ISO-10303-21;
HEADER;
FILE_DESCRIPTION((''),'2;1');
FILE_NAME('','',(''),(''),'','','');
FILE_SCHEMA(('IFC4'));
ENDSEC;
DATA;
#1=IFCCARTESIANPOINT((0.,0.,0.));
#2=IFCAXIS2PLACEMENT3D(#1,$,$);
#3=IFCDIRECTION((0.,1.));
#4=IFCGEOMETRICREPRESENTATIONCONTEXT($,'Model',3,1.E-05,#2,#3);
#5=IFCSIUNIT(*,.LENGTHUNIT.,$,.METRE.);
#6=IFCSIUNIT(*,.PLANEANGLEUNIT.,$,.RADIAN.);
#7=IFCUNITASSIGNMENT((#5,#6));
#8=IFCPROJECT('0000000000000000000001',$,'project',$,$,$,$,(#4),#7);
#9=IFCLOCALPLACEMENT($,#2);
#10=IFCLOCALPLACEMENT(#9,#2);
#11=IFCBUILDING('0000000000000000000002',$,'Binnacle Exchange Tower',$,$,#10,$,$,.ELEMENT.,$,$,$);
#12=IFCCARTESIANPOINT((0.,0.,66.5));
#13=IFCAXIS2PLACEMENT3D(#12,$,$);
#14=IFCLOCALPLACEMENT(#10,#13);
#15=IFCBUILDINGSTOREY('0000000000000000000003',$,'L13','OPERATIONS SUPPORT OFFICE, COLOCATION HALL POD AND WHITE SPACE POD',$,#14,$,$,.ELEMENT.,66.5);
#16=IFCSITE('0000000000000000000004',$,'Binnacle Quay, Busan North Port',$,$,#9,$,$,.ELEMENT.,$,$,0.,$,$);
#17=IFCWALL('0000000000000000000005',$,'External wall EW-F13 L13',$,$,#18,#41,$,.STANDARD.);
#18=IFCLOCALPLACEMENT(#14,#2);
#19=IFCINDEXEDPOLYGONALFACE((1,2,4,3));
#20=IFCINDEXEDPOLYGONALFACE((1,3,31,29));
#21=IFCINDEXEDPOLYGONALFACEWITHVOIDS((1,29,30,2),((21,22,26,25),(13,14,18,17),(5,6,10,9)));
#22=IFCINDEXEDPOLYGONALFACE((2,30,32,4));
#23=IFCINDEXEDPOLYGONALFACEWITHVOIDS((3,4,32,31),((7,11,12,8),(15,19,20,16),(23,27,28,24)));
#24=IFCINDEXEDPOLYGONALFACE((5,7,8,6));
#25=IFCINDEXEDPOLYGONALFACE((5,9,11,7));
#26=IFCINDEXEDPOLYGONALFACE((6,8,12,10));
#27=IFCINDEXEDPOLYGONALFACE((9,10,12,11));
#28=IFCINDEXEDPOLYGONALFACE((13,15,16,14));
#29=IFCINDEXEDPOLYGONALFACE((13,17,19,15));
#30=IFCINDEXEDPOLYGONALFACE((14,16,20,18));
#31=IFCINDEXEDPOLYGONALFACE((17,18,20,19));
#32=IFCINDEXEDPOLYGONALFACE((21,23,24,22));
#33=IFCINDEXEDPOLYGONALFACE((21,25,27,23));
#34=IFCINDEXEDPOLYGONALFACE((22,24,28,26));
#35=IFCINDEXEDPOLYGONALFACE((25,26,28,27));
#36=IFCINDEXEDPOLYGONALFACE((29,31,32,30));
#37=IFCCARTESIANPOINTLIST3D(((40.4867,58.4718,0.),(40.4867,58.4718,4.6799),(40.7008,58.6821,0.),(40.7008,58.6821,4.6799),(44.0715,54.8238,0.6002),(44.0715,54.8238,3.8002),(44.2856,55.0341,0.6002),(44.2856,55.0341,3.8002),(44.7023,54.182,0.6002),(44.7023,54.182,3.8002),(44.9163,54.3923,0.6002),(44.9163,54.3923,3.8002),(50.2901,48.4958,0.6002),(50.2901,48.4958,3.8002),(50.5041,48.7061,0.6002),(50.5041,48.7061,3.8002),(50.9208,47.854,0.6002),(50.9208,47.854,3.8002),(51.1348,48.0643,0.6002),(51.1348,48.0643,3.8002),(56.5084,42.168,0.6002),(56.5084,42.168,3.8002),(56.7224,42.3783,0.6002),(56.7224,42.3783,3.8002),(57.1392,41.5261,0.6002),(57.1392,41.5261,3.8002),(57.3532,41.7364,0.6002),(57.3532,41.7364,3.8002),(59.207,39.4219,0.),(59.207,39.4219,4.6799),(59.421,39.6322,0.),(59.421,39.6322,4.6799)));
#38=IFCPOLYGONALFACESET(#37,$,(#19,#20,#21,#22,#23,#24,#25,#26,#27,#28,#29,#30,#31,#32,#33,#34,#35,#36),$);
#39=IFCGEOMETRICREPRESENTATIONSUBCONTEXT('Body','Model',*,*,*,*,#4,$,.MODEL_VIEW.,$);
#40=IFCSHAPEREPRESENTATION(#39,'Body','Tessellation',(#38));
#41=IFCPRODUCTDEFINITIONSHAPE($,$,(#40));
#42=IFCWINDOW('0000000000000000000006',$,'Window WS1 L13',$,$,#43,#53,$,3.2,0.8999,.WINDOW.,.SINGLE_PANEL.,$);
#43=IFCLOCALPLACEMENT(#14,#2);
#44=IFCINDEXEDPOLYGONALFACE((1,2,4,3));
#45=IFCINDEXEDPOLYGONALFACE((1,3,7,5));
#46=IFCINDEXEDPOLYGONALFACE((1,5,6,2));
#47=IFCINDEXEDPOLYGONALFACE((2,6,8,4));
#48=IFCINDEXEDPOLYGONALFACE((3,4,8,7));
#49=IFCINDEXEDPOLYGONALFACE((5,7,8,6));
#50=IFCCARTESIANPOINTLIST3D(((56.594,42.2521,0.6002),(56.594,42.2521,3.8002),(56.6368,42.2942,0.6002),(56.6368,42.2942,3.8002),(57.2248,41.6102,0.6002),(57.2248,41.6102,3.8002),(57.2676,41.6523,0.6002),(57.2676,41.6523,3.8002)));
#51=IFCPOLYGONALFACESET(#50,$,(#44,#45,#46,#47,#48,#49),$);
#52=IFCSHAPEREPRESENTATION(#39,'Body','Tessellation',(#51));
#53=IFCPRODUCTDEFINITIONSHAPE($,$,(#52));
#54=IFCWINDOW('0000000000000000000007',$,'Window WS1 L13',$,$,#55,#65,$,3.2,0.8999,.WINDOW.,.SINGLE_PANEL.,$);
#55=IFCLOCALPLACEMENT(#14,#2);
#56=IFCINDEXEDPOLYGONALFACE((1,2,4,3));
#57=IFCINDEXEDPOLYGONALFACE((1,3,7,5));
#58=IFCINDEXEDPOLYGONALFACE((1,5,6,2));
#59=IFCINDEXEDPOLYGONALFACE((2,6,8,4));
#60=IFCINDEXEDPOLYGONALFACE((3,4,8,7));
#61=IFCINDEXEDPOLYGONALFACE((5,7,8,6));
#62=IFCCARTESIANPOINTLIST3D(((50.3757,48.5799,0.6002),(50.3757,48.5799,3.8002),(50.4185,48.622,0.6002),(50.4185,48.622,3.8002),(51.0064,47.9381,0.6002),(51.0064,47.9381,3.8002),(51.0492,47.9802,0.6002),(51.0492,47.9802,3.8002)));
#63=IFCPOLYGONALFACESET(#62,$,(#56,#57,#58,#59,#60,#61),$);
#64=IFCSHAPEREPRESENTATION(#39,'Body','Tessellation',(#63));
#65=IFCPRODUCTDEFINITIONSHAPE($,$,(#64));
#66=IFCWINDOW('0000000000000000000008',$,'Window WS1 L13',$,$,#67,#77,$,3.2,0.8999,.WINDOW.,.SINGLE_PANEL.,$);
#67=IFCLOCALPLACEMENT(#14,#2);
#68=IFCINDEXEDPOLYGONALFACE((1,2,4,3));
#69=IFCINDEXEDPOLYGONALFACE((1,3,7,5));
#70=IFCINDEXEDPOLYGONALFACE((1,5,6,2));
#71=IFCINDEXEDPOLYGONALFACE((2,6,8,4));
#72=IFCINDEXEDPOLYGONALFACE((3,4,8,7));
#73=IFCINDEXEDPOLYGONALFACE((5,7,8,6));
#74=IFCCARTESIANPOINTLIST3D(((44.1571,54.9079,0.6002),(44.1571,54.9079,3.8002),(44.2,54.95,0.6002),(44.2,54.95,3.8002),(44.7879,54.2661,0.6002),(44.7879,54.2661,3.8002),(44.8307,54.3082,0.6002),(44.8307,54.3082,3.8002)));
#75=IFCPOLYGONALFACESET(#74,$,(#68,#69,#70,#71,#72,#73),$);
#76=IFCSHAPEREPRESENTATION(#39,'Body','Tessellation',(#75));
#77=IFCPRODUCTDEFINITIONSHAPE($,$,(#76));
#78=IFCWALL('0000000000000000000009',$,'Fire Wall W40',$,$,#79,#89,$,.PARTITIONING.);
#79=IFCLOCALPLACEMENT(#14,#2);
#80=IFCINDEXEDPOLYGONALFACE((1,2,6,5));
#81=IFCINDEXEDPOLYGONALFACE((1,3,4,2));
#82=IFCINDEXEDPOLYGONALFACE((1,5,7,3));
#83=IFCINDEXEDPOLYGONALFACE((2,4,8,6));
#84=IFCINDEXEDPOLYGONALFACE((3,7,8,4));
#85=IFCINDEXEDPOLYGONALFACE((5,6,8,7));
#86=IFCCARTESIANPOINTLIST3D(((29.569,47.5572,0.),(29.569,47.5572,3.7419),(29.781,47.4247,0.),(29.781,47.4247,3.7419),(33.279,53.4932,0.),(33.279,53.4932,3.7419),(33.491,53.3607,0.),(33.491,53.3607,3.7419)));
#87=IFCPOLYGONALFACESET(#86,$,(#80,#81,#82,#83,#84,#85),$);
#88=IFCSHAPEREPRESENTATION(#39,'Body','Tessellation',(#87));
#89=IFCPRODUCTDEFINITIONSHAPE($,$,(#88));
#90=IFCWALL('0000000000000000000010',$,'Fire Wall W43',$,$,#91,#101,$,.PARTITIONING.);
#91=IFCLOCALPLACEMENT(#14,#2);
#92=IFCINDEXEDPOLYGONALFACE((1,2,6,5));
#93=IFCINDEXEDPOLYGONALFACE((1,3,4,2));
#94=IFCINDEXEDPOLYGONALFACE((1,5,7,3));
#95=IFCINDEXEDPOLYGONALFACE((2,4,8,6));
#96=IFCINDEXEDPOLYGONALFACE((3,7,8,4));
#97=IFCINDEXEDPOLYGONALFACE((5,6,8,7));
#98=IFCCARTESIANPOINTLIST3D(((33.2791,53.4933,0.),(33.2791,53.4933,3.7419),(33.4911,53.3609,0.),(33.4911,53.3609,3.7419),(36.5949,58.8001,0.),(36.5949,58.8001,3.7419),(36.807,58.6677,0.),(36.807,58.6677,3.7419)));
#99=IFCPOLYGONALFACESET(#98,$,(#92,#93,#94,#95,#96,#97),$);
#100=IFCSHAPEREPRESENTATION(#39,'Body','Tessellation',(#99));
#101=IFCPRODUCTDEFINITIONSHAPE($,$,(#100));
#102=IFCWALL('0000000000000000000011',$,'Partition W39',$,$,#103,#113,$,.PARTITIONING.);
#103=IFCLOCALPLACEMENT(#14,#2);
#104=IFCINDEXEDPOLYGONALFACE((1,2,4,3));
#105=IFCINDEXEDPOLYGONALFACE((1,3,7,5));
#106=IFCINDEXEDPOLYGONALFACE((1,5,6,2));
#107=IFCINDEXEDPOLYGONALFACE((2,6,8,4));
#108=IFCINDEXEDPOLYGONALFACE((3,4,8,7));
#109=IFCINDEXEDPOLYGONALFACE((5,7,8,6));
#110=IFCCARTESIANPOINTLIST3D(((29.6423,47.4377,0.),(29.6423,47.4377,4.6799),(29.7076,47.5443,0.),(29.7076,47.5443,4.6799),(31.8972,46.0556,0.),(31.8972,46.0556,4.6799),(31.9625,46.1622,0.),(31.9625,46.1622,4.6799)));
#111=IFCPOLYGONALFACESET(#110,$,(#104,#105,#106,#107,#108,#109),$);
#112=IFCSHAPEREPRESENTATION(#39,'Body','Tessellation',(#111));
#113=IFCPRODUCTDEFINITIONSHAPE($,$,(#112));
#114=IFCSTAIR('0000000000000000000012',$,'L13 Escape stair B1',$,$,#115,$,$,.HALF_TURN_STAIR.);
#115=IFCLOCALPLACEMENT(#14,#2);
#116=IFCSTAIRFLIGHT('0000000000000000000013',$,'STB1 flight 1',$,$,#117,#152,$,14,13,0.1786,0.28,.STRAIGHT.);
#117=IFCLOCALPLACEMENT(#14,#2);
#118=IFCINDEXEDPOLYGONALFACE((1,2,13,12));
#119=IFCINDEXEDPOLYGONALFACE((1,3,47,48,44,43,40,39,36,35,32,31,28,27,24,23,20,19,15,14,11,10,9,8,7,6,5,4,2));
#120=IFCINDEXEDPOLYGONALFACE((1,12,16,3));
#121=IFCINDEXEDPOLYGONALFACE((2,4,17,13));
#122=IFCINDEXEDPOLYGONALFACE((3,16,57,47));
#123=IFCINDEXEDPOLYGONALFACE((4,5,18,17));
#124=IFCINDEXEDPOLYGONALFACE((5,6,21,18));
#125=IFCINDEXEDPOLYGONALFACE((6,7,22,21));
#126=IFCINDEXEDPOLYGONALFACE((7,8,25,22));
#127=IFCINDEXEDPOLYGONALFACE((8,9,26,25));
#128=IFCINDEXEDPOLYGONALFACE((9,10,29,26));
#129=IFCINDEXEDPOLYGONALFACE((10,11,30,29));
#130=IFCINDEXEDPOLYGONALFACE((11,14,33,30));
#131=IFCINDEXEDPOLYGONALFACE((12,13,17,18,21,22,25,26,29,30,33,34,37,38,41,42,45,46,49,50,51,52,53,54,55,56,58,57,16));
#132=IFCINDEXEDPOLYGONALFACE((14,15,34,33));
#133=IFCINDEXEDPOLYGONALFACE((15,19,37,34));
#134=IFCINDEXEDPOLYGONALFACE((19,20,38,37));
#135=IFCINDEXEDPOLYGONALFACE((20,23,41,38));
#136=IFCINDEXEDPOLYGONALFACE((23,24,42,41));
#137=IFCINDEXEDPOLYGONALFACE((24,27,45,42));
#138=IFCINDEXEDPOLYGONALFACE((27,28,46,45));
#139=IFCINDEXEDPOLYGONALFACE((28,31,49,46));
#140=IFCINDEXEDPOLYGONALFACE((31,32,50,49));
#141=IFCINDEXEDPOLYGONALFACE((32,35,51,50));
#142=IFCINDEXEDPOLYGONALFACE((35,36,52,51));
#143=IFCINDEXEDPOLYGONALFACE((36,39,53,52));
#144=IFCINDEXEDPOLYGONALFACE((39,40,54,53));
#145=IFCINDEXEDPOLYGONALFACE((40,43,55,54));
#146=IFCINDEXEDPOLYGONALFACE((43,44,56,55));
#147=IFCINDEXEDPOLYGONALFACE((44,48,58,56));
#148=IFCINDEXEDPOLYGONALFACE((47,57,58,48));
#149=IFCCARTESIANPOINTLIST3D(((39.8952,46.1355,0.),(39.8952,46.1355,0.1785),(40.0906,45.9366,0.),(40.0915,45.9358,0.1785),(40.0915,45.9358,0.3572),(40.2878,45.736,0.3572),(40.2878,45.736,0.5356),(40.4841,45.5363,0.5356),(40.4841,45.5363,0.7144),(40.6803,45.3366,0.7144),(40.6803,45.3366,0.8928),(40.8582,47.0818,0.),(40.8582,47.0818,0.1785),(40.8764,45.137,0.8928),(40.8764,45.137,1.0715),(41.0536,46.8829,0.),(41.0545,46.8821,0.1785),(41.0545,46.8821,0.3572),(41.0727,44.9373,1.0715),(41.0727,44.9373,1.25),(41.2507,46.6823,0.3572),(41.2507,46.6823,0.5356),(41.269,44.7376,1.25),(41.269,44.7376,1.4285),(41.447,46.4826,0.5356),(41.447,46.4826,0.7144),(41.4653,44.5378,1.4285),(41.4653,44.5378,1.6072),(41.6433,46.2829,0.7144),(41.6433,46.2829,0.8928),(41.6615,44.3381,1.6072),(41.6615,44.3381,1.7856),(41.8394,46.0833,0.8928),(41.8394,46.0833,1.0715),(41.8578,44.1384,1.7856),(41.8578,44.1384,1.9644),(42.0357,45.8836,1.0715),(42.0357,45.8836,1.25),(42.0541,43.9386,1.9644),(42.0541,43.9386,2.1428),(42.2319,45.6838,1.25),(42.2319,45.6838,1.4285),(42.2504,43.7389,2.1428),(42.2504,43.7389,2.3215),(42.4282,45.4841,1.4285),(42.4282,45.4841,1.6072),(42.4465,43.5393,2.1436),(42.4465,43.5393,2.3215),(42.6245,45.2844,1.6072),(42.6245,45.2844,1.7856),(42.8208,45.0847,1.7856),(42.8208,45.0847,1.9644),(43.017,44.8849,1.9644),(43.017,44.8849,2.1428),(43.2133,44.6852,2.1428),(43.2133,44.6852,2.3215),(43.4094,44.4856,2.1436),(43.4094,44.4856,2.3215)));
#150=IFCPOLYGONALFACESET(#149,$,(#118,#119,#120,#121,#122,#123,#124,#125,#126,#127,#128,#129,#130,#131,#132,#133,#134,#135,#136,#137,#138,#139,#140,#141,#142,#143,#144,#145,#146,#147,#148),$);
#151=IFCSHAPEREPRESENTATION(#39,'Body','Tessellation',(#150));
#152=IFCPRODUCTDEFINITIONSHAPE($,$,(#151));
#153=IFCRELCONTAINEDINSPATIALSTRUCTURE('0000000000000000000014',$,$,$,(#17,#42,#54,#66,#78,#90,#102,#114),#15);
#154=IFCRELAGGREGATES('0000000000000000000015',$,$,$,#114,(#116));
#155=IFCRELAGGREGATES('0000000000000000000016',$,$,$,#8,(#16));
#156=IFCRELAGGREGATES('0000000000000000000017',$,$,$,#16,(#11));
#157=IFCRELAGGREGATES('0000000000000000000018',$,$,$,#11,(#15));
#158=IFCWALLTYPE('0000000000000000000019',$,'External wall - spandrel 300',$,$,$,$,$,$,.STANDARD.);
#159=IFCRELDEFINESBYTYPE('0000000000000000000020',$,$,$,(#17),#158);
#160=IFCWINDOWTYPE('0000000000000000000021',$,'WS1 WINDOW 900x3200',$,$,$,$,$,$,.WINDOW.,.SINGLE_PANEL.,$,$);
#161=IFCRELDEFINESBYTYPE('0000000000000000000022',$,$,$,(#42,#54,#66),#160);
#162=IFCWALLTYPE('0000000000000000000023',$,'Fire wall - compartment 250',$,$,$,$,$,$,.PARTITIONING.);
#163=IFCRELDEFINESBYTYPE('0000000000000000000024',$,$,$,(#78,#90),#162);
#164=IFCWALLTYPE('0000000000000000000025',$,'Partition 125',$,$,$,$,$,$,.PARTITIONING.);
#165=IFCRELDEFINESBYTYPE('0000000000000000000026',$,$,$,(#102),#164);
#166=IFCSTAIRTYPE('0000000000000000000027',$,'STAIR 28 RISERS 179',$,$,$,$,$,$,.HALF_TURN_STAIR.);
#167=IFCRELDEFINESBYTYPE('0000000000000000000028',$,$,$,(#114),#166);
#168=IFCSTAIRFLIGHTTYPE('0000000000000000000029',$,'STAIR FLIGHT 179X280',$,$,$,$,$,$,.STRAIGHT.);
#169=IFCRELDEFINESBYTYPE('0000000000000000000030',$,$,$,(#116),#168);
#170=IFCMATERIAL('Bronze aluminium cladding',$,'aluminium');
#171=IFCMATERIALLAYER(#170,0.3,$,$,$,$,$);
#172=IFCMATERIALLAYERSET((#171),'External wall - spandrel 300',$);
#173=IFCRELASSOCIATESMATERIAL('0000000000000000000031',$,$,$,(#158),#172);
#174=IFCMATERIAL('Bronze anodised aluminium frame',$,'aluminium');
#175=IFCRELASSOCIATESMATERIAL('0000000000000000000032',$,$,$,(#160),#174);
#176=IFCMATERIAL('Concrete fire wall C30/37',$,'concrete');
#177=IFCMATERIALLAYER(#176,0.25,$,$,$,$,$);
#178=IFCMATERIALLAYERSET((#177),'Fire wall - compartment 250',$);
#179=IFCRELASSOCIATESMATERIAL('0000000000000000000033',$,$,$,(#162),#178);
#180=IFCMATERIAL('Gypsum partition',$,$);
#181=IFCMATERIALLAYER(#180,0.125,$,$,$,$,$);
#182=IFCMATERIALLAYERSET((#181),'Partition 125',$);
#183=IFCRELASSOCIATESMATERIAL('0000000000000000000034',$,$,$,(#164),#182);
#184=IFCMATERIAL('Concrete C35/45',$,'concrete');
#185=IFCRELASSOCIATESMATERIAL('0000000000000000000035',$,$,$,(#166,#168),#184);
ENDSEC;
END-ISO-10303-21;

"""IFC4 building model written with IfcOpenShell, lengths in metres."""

from ifc_helpers import new_model, si_unit, direction, frame, frame_2d, origin, place, context, subcontext, project, spatial, polyline, rectangle, outline, extrude, material, layer, layer_set, type_object, element, fill, aggregate, save


model = new_model("IFC4")

# Units and contexts
model_context = context("Model", 3, precision=1e-05, world=origin(), true_north=direction((0.0, 1.0)))
body_context = subcontext(model_context, "Body", "Model", "MODEL_VIEW")
ifc_project = project(units=[si_unit("LENGTHUNIT", "METRE"), si_unit("PLANEANGLEUNIT", "RADIAN")], contexts=[model_context])

# Site, building, storey
site_placement = place(None, origin())
site = spatial("IfcSite", under=ifc_project, at=site_placement, Name="Binnacle Quay, Busan North Port", CompositionType="ELEMENT", RefElevation=0.0)
building_placement = place(site_placement, origin())
building = spatial("IfcBuilding", under=site, at=building_placement, Name="Binnacle Exchange Tower", CompositionType="ELEMENT")
storey_placement = place(building_placement, frame((0.0, 0.0, 66.5)))
storey = spatial("IfcBuildingStorey", under=building, at=storey_placement, Name="L13", Description="OPERATIONS SUPPORT OFFICE, COLOCATION HALL POD AND WHITE SPACE POD", CompositionType="ELEMENT", Elevation=66.5)

# Shared definitions
ifc_material_1 = material(Name="Bronze aluminium cladding", Category="aluminium")
ifc_layer_1 = layer(ifc_material_1, 0.3)
ifc_layer_set_1 = layer_set([ifc_layer_1], Name="External wall - spandrel 300")
wall_type_1 = type_object("IfcWallType", Name="External wall - spandrel 300", PredefinedType="STANDARD", material=ifc_layer_set_1)

# Wall, openings, windows
wall_1_placement = place(storey_placement, frame((40.5938, 58.5769, 0.0), z_axis=(0.0, 0.0, 1.0), x_axis=(0.70091, -0.71325, 0.0)))
wall_1 = element("IfcWall", 1, at=wall_1_placement, inside=storey, type_object=wall_type_1, Name="External wall EW-F13 L13", PredefinedType="STANDARD", context=body_context, shape_type="SweptSolid", body=[
    extrude(rectangle(XDim=26.7085, YDim=0.3, at=frame_2d((13.3542, 0.0))), origin(), (0.0, 0.0, 1.0), 4.6799),
])
opening_1_placement = place(wall_1_placement, frame((22.8584, 0.0, 0.6001)))
opening_1 = element("IfcOpeningElement", 2, at=opening_1_placement, cuts=wall_1, PredefinedType="OPENING", context=body_context, shape_type="SweptSolid", body=[
    extrude(rectangle(XDim=0.8999, YDim=3.2, at=frame_2d((0.45, 1.6001))), frame((0.0, 0.1599, 0.0), z_axis=(0.0, -1.0, 0.0), x_axis=(1.0, 0.0, 0.0)), (0.0, 0.0, 1.0), 0.3201),
])
opening_2_placement = place(wall_1_placement, frame((13.9866, 0.0, 0.6001)))
opening_2 = element("IfcOpeningElement", 3, at=opening_2_placement, cuts=wall_1, PredefinedType="OPENING", context=body_context, shape_type="SweptSolid", body=[
    extrude(rectangle(XDim=0.8999, YDim=3.2, at=frame_2d((0.45, 1.6001))), frame((0.0, 0.1599, 0.0), z_axis=(0.0, -1.0, 0.0), x_axis=(1.0, 0.0, 0.0)), (0.0, 0.0, 1.0), 0.3201),
])
opening_3_placement = place(wall_1_placement, frame((5.1145, 0.0, 0.6001)))
opening_3 = element("IfcOpeningElement", 4, at=opening_3_placement, cuts=wall_1, PredefinedType="OPENING", context=body_context, shape_type="SweptSolid", body=[
    extrude(rectangle(XDim=0.8999, YDim=3.2, at=frame_2d((0.45, 1.6001))), frame((0.0, 0.1599, 0.0), z_axis=(0.0, -1.0, 0.0), x_axis=(1.0, 0.0, 0.0)), (0.0, 0.0, 1.0), 0.3201),
])
ifc_material_2 = material(Name="Bronze anodised aluminium frame", Category="aluminium")
window_type = type_object("IfcWindowType", Name="WS1 WINDOW 900x3200", PartitioningType="SINGLE_PANEL", PredefinedType="WINDOW", material=ifc_material_2)
window_1_placement = place(opening_1_placement, origin())
window_1 = element("IfcWindow", 5, at=window_1_placement, inside=storey, type_object=window_type, Name="Window WS1 L13", OverallHeight=3.2, OverallWidth=0.8999, PartitioningType="SINGLE_PANEL", PredefinedType="WINDOW", context=body_context, shape_type="SweptSolid", body=[
    extrude(rectangle(XDim=0.8999, YDim=3.2, at=frame_2d((0.45, 1.6001))), frame((0.0, 0.03, 0.0), z_axis=(0.0, -1.0, 0.0), x_axis=(1.0, 0.0, 0.0)), (0.0, 0.0, 1.0), 0.0601),
])
fill(opening_1, window_1)
window_2_placement = place(opening_2_placement, origin())
window_2 = element("IfcWindow", 6, at=window_2_placement, inside=storey, type_object=window_type, Name="Window WS1 L13", OverallHeight=3.2, OverallWidth=0.8999, PartitioningType="SINGLE_PANEL", PredefinedType="WINDOW", context=body_context, shape_type="SweptSolid", body=[
    extrude(rectangle(XDim=0.8999, YDim=3.2, at=frame_2d((0.45, 1.6001))), frame((0.0, 0.03, 0.0), z_axis=(0.0, -1.0, 0.0), x_axis=(1.0, 0.0, 0.0)), (0.0, 0.0, 1.0), 0.0601),
])
fill(opening_2, window_2)
window_3_placement = place(opening_3_placement, origin())
window_3 = element("IfcWindow", 7, at=window_3_placement, inside=storey, type_object=window_type, Name="Window WS1 L13", OverallHeight=3.2, OverallWidth=0.8999, PartitioningType="SINGLE_PANEL", PredefinedType="WINDOW", context=body_context, shape_type="SweptSolid", body=[
    extrude(rectangle(XDim=0.8999, YDim=3.2, at=frame_2d((0.45, 1.6001))), frame((0.0, 0.03, 0.0), z_axis=(0.0, -1.0, 0.0), x_axis=(1.0, 0.0, 0.0)), (0.0, 0.0, 1.0), 0.0601),
])
fill(opening_3, window_3)

# Walls
ifc_material_3 = material(Name="Concrete fire wall C30/37", Category="concrete")
ifc_layer_2 = layer(ifc_material_3, 0.25)
ifc_layer_set_2 = layer_set([ifc_layer_2], Name="Fire wall - compartment 250")
wall_type_2 = type_object("IfcWallType", Name="Fire wall - compartment 250", PredefinedType="PARTITIONING", material=ifc_layer_set_2)
wall_2_placement = place(storey_placement, frame((29.675, 47.491, 0.0), z_axis=(0.0, 0.0, 1.0), x_axis=(0.529993, 0.848002, 0.0)))
element("IfcWall", 8, at=wall_2_placement, inside=storey, type_object=wall_type_2, Name="Fire Wall W40", PredefinedType="PARTITIONING", context=body_context, shape_type="SweptSolid", body=[
    extrude(rectangle(XDim=7.0, YDim=0.25, at=frame_2d((3.5, 0.0))), origin(), (0.0, 0.0, 1.0), 3.7419),
])
wall_3_placement = place(storey_placement, frame((33.385, 53.427, 0.0), z_axis=(0.0, 0.0, 1.0), x_axis=(0.529897, 0.848062, 0.0)))
element("IfcWall", 9, at=wall_3_placement, inside=storey, type_object=wall_type_2, Name="Fire Wall W43", PredefinedType="PARTITIONING", context=body_context, shape_type="SweptSolid", body=[
    extrude(rectangle(XDim=6.2576, YDim=0.25, at=frame_2d((3.1289, 0.0))), origin(), (0.0, 0.0, 1.0), 3.7419),
])
ifc_material_4 = material(Name="Gypsum partition")
ifc_layer_3 = layer(ifc_material_4, 0.125)
ifc_layer_set_3 = layer_set([ifc_layer_3], Name="Partition 125")
wall_type_3 = type_object("IfcWallType", Name="Partition 125", PredefinedType="PARTITIONING", material=ifc_layer_set_3)
wall_4_placement = place(storey_placement, frame((29.675, 47.491, 0.0), z_axis=(0.0, 0.0, 1.0), x_axis=(0.852592, -0.522577, 0.0)))
element("IfcWall", 10, at=wall_4_placement, inside=storey, type_object=wall_type_3, Name="Partition W39", PredefinedType="PARTITIONING", context=body_context, shape_type="SweptSolid", body=[
    extrude(rectangle(XDim=2.6448, YDim=0.125, at=frame_2d((1.3223, 0.0))), origin(), (0.0, 0.0, 1.0), 4.6799),
])

# Stair, stair flight
ifc_material_5 = material(Name="Concrete C35/45", Category="concrete")
stair_type = type_object("IfcStairType", Name="STAIR 28 RISERS 179", PredefinedType="HALF_TURN_STAIR", material=ifc_material_5)
stair_placement = place(storey_placement, origin())
stair = element("IfcStair", 11, at=stair_placement, inside=storey, type_object=stair_type, Name="L13 Escape stair B1", PredefinedType="HALF_TURN_STAIR")
stair_flight_type = type_object("IfcStairFlightType", Name="STAIR FLIGHT 179X280", PredefinedType="STRAIGHT", material=ifc_material_5)
stair_flight_1_placement = place(storey_placement, frame((40.3767, 46.6086, 0.0), z_axis=(0.0, 0.0, 1.0), x_axis=(0.700909, -0.71325, 0.0)))
stair_flight_1 = element("IfcStairFlight", 12, at=stair_flight_1_placement, type_object=stair_flight_type, Name="STB1 flight 1", NumberOfRisers=14, NumberOfTreads=13, PredefinedType="STRAIGHT", RiserHeight=0.1786, TreadLength=0.28, context=body_context, shape_type="SweptSolid", body=[
    extrude(outline(polyline([(0.0, 0.0), (0.0, 0.1785), (0.28, 0.1785), (0.28, 0.3572), (0.5601, 0.3572), (0.5601, 0.5356), (0.8401, 0.5356), (0.8401, 0.7144), (1.1201, 0.7144), (1.1201, 0.8928), (1.3999, 0.8928), (1.3999, 1.0715), (1.6799, 1.0715), (1.6799, 1.25), (1.96, 1.25), (1.96, 1.4285), (2.24, 1.4285), (2.24, 1.6072), (2.52, 1.6072), (2.52, 1.7856), (2.8, 1.7856), (2.8, 1.9644), (3.0801, 1.9644), (3.0801, 2.1428), (3.3601, 2.1428), (3.3601, 2.3215), (3.6399, 2.3215), (3.6399, 2.5), (3.6399, 2.1436), (0.2788, 0.0), (0.0, 0.0)])), frame((0.0, 0.675, 0.0), z_axis=(0.0, -1.0, 0.0), x_axis=(1.0, 0.0, 0.0)), (0.0, 0.0, 1.0), 1.3501),
])
aggregate(stair, [stair_flight_1])

save(model, "model.ifc")
